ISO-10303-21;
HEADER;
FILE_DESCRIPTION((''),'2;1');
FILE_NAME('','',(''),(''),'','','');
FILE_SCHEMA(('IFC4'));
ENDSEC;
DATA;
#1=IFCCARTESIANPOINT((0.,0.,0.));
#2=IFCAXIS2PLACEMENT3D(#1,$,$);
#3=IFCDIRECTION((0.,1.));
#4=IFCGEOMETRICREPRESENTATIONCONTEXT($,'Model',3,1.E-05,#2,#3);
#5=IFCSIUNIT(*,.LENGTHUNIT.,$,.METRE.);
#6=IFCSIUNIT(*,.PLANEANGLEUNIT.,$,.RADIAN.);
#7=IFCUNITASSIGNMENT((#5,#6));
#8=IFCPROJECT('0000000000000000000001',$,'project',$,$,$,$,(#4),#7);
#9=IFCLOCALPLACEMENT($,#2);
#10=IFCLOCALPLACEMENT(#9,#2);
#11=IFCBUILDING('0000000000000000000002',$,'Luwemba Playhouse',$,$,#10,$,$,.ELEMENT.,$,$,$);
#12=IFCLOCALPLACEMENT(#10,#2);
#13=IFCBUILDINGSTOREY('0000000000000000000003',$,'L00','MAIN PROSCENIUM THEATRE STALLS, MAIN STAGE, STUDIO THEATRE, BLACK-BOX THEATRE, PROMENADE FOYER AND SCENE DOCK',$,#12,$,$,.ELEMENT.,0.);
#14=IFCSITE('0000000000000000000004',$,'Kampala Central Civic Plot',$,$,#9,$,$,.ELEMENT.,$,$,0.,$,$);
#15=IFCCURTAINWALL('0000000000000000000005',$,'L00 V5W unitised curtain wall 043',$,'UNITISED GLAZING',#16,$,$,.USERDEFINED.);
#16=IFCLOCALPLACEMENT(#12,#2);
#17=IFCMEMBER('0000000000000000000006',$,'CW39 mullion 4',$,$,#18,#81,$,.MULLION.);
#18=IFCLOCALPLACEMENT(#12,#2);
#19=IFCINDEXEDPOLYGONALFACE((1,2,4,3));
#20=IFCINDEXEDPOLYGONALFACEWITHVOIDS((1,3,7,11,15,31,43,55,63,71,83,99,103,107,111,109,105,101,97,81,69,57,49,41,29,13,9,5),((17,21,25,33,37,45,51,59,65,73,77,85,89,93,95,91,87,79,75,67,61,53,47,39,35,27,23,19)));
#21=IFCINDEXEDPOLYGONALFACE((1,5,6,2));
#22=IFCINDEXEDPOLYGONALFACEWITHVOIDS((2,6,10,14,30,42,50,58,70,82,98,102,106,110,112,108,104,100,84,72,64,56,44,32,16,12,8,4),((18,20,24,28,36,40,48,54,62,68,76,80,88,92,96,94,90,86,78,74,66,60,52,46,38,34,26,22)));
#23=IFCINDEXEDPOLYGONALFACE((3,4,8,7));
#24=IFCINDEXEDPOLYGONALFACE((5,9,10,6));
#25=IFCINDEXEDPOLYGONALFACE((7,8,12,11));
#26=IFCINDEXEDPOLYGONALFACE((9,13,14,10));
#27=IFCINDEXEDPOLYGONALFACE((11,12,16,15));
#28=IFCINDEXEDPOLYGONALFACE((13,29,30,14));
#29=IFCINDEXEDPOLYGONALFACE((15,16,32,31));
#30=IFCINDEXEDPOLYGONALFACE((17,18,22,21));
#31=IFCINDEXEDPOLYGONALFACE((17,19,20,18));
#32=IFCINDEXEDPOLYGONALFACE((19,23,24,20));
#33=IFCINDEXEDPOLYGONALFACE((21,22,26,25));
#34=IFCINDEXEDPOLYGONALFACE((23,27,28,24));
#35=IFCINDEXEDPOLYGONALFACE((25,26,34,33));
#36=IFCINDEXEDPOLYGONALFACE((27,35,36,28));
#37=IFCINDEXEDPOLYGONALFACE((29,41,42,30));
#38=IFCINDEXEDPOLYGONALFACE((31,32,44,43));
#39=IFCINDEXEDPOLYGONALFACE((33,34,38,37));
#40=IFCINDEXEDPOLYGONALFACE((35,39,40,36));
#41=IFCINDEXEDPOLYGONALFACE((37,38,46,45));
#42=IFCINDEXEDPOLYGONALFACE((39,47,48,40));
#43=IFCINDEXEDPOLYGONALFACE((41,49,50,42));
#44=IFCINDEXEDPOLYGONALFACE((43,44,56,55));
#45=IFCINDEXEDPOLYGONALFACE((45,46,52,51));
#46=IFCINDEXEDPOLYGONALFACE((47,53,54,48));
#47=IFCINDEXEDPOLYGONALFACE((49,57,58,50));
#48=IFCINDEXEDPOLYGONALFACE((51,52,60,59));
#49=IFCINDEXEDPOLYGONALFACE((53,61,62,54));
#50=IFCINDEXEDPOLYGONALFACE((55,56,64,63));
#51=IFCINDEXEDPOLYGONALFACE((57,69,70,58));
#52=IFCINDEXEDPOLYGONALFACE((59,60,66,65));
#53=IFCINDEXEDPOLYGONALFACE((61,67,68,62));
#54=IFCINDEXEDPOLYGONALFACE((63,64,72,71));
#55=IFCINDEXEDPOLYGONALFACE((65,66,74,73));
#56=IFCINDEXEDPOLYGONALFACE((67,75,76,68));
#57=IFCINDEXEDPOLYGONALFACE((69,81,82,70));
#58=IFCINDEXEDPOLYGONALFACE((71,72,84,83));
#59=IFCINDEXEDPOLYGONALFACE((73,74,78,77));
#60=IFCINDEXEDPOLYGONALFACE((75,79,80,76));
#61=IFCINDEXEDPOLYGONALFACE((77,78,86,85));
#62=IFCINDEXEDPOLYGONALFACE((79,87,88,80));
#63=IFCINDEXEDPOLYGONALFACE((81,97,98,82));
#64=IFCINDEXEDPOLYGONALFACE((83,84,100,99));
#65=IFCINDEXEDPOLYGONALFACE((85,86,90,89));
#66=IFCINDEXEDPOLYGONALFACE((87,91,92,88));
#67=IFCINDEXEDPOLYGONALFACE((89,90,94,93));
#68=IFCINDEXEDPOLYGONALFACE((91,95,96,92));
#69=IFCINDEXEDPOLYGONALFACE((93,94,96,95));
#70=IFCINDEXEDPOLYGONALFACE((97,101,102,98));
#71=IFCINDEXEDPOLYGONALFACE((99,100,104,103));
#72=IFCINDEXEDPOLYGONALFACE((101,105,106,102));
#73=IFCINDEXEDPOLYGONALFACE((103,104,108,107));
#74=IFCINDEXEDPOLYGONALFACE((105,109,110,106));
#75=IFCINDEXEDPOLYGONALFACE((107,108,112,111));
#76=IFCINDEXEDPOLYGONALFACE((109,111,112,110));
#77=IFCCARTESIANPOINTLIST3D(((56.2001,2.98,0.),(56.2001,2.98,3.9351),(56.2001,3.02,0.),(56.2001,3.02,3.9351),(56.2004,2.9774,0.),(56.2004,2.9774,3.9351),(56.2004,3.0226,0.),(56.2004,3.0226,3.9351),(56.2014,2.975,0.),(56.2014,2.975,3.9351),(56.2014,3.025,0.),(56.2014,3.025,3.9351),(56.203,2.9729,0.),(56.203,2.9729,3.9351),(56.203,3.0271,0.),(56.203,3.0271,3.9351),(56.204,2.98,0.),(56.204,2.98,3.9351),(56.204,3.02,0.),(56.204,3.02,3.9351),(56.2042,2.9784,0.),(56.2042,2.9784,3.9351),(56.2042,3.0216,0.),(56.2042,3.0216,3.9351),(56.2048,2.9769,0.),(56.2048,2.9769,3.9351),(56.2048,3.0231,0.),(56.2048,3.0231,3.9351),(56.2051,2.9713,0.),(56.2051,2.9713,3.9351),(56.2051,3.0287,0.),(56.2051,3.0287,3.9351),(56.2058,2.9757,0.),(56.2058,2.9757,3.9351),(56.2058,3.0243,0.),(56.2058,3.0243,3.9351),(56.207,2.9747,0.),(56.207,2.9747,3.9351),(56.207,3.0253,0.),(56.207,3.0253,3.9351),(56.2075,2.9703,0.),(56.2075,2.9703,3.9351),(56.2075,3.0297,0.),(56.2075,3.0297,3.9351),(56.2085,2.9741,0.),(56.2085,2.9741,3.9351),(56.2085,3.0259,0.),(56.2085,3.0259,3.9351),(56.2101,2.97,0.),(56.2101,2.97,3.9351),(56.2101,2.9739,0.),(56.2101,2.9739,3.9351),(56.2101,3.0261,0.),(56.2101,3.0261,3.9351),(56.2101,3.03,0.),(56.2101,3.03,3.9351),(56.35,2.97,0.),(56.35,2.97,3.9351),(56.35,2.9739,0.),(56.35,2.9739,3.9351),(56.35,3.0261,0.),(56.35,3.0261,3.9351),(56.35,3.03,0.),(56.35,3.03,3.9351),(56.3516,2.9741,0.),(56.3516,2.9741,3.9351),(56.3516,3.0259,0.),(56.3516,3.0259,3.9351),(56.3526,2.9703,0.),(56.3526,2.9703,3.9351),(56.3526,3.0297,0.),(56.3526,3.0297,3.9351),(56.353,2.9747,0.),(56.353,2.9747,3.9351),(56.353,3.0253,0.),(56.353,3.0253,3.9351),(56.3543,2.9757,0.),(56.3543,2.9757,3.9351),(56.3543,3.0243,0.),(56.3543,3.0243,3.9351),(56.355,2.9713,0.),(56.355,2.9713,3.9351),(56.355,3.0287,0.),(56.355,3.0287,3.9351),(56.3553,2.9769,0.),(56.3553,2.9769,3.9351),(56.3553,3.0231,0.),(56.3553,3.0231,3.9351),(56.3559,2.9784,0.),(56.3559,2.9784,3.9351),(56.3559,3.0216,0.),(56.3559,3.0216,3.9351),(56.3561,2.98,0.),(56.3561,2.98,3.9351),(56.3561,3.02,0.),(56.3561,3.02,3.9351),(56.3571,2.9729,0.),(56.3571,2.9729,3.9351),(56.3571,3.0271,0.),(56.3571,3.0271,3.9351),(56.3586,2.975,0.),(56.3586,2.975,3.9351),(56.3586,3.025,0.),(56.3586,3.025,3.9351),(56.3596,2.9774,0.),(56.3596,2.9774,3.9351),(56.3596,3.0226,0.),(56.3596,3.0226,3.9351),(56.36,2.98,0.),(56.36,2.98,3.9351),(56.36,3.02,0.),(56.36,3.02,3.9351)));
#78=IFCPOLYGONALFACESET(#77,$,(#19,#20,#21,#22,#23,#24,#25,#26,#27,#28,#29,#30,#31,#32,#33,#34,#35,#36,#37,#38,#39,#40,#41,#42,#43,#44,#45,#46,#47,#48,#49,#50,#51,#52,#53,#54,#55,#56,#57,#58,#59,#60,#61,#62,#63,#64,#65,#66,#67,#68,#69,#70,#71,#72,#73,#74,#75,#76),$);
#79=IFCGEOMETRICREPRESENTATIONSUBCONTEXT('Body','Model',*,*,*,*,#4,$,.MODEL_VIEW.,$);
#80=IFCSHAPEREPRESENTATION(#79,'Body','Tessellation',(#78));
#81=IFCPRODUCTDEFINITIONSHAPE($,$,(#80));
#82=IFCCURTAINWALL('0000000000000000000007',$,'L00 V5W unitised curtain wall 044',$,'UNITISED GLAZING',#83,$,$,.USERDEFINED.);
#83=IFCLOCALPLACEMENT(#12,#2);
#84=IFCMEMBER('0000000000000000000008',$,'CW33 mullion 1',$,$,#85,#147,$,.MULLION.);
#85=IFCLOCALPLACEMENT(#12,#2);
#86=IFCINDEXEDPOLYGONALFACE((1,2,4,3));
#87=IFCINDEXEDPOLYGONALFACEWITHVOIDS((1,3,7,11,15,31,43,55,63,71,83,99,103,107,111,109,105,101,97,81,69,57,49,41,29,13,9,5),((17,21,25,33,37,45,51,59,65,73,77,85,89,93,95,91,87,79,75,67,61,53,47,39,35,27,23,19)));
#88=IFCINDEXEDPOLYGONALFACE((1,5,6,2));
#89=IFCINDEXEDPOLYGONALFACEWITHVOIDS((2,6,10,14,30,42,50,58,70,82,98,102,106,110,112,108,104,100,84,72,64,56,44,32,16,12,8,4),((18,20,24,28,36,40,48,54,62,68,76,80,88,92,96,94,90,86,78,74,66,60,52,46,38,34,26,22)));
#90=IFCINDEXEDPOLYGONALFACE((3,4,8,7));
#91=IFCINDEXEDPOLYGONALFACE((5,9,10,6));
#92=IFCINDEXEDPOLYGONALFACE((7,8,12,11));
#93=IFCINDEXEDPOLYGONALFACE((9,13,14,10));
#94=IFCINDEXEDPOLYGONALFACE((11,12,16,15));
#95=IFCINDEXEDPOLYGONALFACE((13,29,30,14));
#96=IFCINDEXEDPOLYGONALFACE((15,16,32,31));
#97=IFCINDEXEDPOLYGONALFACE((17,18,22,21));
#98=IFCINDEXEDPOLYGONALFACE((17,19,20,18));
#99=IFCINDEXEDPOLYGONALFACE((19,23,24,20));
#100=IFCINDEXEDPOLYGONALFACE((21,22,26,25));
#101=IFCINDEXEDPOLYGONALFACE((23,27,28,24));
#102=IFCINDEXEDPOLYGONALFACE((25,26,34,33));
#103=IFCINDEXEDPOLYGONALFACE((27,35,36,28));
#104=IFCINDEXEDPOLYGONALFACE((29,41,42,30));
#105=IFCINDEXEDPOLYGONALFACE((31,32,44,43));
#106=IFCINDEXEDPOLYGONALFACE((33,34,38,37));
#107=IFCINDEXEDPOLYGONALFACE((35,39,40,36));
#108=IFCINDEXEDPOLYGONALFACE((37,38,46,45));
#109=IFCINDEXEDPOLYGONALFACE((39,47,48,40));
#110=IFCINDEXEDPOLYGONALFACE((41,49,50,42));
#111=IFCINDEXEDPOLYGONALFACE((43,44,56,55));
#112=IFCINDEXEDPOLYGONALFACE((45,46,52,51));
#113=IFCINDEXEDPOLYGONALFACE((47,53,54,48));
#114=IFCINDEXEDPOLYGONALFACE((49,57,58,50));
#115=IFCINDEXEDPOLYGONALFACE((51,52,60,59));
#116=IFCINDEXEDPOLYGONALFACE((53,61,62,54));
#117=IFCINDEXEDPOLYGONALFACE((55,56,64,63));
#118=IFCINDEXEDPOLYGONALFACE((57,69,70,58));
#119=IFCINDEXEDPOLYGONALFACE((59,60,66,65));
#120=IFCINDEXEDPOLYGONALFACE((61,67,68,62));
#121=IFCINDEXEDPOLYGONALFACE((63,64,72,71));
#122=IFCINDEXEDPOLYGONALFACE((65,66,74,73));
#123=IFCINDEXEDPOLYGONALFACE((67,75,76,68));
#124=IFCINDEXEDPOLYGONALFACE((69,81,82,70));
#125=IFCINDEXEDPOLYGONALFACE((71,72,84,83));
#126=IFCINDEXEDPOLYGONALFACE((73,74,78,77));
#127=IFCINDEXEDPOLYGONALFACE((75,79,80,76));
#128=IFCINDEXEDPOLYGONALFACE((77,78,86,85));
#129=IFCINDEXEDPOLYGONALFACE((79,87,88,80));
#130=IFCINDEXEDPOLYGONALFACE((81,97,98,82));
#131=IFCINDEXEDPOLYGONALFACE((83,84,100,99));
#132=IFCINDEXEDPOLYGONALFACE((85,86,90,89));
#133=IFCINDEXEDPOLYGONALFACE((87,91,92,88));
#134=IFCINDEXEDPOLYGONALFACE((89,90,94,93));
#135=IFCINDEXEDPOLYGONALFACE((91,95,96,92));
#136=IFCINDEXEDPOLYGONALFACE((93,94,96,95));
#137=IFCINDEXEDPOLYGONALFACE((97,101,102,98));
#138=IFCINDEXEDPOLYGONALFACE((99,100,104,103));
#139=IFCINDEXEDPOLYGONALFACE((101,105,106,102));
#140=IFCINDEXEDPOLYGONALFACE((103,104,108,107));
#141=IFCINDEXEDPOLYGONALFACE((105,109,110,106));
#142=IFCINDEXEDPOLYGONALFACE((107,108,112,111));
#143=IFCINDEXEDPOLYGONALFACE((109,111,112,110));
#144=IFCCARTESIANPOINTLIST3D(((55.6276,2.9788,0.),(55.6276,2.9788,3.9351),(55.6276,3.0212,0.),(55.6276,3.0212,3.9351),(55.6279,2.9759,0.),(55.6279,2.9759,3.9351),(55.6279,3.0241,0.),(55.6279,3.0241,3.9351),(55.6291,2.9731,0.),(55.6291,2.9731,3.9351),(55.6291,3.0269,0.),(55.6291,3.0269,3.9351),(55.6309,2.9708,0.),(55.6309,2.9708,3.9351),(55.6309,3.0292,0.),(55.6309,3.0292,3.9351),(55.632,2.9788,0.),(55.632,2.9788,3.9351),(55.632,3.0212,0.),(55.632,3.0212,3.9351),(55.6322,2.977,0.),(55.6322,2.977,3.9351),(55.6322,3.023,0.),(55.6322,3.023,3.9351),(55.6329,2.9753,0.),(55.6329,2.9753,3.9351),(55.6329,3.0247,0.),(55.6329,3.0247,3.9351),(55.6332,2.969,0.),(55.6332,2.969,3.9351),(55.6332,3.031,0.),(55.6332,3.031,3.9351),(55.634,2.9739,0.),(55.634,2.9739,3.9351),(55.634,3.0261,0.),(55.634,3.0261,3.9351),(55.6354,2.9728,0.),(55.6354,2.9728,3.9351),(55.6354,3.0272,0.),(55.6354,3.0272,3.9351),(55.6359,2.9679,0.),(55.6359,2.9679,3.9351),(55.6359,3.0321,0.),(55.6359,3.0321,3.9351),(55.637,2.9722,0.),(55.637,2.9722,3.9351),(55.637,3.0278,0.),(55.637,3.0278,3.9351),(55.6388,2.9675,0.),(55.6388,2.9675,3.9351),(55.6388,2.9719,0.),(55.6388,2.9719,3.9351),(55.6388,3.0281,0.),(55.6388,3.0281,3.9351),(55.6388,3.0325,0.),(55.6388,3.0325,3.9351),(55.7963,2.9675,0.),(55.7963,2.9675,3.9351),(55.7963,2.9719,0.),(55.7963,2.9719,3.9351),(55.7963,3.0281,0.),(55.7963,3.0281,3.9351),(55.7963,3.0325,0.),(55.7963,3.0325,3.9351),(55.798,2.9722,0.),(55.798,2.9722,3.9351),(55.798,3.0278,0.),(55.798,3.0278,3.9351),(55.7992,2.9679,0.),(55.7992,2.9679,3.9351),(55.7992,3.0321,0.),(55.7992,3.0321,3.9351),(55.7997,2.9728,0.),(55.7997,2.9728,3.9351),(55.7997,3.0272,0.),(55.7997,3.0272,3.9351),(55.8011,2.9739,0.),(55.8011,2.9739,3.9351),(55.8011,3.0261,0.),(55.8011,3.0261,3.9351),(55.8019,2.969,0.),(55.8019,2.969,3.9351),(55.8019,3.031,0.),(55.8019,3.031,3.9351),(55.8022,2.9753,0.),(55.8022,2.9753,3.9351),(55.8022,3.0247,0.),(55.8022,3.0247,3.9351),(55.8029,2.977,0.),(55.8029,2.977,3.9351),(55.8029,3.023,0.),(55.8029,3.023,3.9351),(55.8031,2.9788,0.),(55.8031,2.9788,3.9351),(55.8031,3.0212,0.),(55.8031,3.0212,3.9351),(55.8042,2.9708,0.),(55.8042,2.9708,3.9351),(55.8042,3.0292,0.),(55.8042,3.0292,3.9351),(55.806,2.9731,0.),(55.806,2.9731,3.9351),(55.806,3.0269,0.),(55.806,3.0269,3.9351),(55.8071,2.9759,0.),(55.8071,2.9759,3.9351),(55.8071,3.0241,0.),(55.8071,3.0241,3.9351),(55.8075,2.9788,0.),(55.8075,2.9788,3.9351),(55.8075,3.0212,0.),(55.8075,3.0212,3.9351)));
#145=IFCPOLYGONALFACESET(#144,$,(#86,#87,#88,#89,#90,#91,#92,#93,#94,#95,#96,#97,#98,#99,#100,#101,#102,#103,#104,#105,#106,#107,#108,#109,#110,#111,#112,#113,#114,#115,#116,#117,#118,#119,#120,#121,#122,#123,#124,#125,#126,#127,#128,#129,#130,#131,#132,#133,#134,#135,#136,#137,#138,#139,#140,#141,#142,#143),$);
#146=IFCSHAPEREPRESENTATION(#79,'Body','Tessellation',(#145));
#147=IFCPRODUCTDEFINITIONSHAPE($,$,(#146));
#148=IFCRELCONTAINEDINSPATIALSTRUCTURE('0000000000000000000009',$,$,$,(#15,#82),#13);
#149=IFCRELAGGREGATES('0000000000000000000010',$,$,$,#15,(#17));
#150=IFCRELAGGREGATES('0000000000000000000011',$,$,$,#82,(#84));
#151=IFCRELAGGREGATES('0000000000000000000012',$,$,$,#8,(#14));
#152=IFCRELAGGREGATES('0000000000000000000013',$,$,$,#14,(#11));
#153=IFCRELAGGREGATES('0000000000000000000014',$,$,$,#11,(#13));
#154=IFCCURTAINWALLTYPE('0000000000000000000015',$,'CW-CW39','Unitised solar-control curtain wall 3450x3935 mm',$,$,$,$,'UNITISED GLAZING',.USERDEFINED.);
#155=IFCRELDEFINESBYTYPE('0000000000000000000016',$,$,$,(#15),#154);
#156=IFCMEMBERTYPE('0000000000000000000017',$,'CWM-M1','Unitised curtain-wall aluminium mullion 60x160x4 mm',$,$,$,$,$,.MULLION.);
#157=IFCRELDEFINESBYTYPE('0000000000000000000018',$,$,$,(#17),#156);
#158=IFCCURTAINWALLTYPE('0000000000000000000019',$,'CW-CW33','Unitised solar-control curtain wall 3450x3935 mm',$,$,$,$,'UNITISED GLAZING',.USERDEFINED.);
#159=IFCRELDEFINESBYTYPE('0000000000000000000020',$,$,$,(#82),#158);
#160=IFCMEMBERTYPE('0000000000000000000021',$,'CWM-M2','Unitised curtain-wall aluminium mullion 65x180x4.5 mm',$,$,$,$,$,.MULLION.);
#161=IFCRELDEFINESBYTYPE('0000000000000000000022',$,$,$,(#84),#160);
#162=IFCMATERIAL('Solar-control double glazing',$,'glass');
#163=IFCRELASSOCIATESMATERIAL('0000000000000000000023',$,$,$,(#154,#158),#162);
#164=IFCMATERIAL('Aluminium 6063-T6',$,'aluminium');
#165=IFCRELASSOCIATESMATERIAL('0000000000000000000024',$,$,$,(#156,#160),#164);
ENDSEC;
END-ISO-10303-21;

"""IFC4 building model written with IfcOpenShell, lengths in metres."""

from ifc_helpers import new_model, si_unit, direction, frame, origin, origin_2d, place, context, subcontext, project, spatial, hollow_rectangle, extrude, material, material_profile, profile_set, type_object, element, aggregate, save


model = new_model("IFC4")

# Units and contexts
model_context = context("Model", 3, precision=1e-05, world=origin(), true_north=direction((0.0, 1.0)))
body_context = subcontext(model_context, "Body", "Model", "MODEL_VIEW")
ifc_project = project(units=[si_unit("LENGTHUNIT", "METRE"), si_unit("PLANEANGLEUNIT", "RADIAN")], contexts=[model_context])

# Site, building, storey
site_placement = place(None, origin())
site = spatial("IfcSite", under=ifc_project, at=site_placement, Name="Kampala Central Civic Plot", CompositionType="ELEMENT", RefElevation=0.0)
building_placement = place(site_placement, origin())
building = spatial("IfcBuilding", under=site, at=building_placement, Name="Luwemba Playhouse", CompositionType="ELEMENT")
storey_placement = place(building_placement, origin())
storey = spatial("IfcBuildingStorey", under=building, at=storey_placement, Name="L00", Description="MAIN PROSCENIUM THEATRE STALLS, MAIN STAGE, STUDIO THEATRE, BLACK-BOX THEATRE, PROMENADE FOYER AND SCENE DOCK", CompositionType="ELEMENT", Elevation=0.0)

# Curtain wall, member
ifc_material_1 = material(Name="Solar-control double glazing", Category="glass")
curtain_wall_type_1 = type_object("IfcCurtainWallType", Name="CW-CW39", Description="Unitised solar-control curtain wall 3450x3935 mm", ElementType="UNITISED GLAZING", PredefinedType="USERDEFINED", material=ifc_material_1)
curtain_wall_1_placement = place(storey_placement, origin())
curtain_wall_1 = element("IfcCurtainWall", 1, at=curtain_wall_1_placement, inside=storey, type_object=curtain_wall_type_1, Name="L00 V5W unitised curtain wall 043", ObjectType="UNITISED GLAZING", PredefinedType="USERDEFINED")
ifc_material_2 = material(Name="Aluminium 6063-T6", Category="aluminium")
ifc_material_profile_1 = material_profile(ifc_material_2, hollow_rectangle(XDim=0.0601, YDim=0.1599, WallThickness=0.0039, InnerFilletRadius=0.0061, OuterFilletRadius=0.01, at=origin_2d()))
ifc_profile_set_1 = profile_set([ifc_material_profile_1], Name="Aluminium 6063-T6")
member_type_1 = type_object("IfcMemberType", Name="CWM-M1", Description="Unitised curtain-wall aluminium mullion 60x160x4 mm", PredefinedType="MULLION", material=ifc_profile_set_1)
member_1_placement = place(storey_placement, frame((56.28, 3.0, 0.0), z_axis=(0.0, 0.0, 1.0), x_axis=(0.0, -1.0, 0.0)))
member_1 = element("IfcMember", 2, at=member_1_placement, type_object=member_type_1, Name="CW39 mullion 4", PredefinedType="MULLION", context=body_context, shape_type="SweptSolid", body=[
    extrude(hollow_rectangle(XDim=0.0601, YDim=0.1599, WallThickness=0.0039, InnerFilletRadius=0.0061, OuterFilletRadius=0.01, at=origin_2d()), origin(), (0.0, 0.0, 1.0), 3.9351),
])

# Curtain wall, member
curtain_wall_type_2 = type_object("IfcCurtainWallType", Name="CW-CW33", Description="Unitised solar-control curtain wall 3450x3935 mm", ElementType="UNITISED GLAZING", PredefinedType="USERDEFINED", material=ifc_material_1)
curtain_wall_2_placement = place(storey_placement, origin())
curtain_wall_2 = element("IfcCurtainWall", 3, at=curtain_wall_2_placement, inside=storey, type_object=curtain_wall_type_2, Name="L00 V5W unitised curtain wall 044", ObjectType="UNITISED GLAZING", PredefinedType="USERDEFINED")
ifc_material_profile_2 = material_profile(ifc_material_2, hollow_rectangle(XDim=0.0649, YDim=0.1799, WallThickness=0.0044, InnerFilletRadius=0.0068, OuterFilletRadius=0.0112, at=origin_2d()))
ifc_profile_set_2 = profile_set([ifc_material_profile_2], Name="Aluminium 6063-T6")
member_type_2 = type_object("IfcMemberType", Name="CWM-M2", Description="Unitised curtain-wall aluminium mullion 65x180x4.5 mm", PredefinedType="MULLION", material=ifc_profile_set_2)
member_2_placement = place(storey_placement, frame((55.7175, 3.0, 0.0), z_axis=(0.0, 0.0, 1.0), x_axis=(0.0, -1.0, 0.0)))
member_2 = element("IfcMember", 4, at=member_2_placement, type_object=member_type_2, Name="CW33 mullion 1", PredefinedType="MULLION", context=body_context, shape_type="SweptSolid", body=[
    extrude(hollow_rectangle(XDim=0.0649, YDim=0.1799, WallThickness=0.0044, InnerFilletRadius=0.0068, OuterFilletRadius=0.0112, at=origin_2d()), origin(), (0.0, 0.0, 1.0), 3.9351),
])

aggregate(curtain_wall_1, [member_1])
aggregate(curtain_wall_2, [member_2])

save(model, "model.ifc")
